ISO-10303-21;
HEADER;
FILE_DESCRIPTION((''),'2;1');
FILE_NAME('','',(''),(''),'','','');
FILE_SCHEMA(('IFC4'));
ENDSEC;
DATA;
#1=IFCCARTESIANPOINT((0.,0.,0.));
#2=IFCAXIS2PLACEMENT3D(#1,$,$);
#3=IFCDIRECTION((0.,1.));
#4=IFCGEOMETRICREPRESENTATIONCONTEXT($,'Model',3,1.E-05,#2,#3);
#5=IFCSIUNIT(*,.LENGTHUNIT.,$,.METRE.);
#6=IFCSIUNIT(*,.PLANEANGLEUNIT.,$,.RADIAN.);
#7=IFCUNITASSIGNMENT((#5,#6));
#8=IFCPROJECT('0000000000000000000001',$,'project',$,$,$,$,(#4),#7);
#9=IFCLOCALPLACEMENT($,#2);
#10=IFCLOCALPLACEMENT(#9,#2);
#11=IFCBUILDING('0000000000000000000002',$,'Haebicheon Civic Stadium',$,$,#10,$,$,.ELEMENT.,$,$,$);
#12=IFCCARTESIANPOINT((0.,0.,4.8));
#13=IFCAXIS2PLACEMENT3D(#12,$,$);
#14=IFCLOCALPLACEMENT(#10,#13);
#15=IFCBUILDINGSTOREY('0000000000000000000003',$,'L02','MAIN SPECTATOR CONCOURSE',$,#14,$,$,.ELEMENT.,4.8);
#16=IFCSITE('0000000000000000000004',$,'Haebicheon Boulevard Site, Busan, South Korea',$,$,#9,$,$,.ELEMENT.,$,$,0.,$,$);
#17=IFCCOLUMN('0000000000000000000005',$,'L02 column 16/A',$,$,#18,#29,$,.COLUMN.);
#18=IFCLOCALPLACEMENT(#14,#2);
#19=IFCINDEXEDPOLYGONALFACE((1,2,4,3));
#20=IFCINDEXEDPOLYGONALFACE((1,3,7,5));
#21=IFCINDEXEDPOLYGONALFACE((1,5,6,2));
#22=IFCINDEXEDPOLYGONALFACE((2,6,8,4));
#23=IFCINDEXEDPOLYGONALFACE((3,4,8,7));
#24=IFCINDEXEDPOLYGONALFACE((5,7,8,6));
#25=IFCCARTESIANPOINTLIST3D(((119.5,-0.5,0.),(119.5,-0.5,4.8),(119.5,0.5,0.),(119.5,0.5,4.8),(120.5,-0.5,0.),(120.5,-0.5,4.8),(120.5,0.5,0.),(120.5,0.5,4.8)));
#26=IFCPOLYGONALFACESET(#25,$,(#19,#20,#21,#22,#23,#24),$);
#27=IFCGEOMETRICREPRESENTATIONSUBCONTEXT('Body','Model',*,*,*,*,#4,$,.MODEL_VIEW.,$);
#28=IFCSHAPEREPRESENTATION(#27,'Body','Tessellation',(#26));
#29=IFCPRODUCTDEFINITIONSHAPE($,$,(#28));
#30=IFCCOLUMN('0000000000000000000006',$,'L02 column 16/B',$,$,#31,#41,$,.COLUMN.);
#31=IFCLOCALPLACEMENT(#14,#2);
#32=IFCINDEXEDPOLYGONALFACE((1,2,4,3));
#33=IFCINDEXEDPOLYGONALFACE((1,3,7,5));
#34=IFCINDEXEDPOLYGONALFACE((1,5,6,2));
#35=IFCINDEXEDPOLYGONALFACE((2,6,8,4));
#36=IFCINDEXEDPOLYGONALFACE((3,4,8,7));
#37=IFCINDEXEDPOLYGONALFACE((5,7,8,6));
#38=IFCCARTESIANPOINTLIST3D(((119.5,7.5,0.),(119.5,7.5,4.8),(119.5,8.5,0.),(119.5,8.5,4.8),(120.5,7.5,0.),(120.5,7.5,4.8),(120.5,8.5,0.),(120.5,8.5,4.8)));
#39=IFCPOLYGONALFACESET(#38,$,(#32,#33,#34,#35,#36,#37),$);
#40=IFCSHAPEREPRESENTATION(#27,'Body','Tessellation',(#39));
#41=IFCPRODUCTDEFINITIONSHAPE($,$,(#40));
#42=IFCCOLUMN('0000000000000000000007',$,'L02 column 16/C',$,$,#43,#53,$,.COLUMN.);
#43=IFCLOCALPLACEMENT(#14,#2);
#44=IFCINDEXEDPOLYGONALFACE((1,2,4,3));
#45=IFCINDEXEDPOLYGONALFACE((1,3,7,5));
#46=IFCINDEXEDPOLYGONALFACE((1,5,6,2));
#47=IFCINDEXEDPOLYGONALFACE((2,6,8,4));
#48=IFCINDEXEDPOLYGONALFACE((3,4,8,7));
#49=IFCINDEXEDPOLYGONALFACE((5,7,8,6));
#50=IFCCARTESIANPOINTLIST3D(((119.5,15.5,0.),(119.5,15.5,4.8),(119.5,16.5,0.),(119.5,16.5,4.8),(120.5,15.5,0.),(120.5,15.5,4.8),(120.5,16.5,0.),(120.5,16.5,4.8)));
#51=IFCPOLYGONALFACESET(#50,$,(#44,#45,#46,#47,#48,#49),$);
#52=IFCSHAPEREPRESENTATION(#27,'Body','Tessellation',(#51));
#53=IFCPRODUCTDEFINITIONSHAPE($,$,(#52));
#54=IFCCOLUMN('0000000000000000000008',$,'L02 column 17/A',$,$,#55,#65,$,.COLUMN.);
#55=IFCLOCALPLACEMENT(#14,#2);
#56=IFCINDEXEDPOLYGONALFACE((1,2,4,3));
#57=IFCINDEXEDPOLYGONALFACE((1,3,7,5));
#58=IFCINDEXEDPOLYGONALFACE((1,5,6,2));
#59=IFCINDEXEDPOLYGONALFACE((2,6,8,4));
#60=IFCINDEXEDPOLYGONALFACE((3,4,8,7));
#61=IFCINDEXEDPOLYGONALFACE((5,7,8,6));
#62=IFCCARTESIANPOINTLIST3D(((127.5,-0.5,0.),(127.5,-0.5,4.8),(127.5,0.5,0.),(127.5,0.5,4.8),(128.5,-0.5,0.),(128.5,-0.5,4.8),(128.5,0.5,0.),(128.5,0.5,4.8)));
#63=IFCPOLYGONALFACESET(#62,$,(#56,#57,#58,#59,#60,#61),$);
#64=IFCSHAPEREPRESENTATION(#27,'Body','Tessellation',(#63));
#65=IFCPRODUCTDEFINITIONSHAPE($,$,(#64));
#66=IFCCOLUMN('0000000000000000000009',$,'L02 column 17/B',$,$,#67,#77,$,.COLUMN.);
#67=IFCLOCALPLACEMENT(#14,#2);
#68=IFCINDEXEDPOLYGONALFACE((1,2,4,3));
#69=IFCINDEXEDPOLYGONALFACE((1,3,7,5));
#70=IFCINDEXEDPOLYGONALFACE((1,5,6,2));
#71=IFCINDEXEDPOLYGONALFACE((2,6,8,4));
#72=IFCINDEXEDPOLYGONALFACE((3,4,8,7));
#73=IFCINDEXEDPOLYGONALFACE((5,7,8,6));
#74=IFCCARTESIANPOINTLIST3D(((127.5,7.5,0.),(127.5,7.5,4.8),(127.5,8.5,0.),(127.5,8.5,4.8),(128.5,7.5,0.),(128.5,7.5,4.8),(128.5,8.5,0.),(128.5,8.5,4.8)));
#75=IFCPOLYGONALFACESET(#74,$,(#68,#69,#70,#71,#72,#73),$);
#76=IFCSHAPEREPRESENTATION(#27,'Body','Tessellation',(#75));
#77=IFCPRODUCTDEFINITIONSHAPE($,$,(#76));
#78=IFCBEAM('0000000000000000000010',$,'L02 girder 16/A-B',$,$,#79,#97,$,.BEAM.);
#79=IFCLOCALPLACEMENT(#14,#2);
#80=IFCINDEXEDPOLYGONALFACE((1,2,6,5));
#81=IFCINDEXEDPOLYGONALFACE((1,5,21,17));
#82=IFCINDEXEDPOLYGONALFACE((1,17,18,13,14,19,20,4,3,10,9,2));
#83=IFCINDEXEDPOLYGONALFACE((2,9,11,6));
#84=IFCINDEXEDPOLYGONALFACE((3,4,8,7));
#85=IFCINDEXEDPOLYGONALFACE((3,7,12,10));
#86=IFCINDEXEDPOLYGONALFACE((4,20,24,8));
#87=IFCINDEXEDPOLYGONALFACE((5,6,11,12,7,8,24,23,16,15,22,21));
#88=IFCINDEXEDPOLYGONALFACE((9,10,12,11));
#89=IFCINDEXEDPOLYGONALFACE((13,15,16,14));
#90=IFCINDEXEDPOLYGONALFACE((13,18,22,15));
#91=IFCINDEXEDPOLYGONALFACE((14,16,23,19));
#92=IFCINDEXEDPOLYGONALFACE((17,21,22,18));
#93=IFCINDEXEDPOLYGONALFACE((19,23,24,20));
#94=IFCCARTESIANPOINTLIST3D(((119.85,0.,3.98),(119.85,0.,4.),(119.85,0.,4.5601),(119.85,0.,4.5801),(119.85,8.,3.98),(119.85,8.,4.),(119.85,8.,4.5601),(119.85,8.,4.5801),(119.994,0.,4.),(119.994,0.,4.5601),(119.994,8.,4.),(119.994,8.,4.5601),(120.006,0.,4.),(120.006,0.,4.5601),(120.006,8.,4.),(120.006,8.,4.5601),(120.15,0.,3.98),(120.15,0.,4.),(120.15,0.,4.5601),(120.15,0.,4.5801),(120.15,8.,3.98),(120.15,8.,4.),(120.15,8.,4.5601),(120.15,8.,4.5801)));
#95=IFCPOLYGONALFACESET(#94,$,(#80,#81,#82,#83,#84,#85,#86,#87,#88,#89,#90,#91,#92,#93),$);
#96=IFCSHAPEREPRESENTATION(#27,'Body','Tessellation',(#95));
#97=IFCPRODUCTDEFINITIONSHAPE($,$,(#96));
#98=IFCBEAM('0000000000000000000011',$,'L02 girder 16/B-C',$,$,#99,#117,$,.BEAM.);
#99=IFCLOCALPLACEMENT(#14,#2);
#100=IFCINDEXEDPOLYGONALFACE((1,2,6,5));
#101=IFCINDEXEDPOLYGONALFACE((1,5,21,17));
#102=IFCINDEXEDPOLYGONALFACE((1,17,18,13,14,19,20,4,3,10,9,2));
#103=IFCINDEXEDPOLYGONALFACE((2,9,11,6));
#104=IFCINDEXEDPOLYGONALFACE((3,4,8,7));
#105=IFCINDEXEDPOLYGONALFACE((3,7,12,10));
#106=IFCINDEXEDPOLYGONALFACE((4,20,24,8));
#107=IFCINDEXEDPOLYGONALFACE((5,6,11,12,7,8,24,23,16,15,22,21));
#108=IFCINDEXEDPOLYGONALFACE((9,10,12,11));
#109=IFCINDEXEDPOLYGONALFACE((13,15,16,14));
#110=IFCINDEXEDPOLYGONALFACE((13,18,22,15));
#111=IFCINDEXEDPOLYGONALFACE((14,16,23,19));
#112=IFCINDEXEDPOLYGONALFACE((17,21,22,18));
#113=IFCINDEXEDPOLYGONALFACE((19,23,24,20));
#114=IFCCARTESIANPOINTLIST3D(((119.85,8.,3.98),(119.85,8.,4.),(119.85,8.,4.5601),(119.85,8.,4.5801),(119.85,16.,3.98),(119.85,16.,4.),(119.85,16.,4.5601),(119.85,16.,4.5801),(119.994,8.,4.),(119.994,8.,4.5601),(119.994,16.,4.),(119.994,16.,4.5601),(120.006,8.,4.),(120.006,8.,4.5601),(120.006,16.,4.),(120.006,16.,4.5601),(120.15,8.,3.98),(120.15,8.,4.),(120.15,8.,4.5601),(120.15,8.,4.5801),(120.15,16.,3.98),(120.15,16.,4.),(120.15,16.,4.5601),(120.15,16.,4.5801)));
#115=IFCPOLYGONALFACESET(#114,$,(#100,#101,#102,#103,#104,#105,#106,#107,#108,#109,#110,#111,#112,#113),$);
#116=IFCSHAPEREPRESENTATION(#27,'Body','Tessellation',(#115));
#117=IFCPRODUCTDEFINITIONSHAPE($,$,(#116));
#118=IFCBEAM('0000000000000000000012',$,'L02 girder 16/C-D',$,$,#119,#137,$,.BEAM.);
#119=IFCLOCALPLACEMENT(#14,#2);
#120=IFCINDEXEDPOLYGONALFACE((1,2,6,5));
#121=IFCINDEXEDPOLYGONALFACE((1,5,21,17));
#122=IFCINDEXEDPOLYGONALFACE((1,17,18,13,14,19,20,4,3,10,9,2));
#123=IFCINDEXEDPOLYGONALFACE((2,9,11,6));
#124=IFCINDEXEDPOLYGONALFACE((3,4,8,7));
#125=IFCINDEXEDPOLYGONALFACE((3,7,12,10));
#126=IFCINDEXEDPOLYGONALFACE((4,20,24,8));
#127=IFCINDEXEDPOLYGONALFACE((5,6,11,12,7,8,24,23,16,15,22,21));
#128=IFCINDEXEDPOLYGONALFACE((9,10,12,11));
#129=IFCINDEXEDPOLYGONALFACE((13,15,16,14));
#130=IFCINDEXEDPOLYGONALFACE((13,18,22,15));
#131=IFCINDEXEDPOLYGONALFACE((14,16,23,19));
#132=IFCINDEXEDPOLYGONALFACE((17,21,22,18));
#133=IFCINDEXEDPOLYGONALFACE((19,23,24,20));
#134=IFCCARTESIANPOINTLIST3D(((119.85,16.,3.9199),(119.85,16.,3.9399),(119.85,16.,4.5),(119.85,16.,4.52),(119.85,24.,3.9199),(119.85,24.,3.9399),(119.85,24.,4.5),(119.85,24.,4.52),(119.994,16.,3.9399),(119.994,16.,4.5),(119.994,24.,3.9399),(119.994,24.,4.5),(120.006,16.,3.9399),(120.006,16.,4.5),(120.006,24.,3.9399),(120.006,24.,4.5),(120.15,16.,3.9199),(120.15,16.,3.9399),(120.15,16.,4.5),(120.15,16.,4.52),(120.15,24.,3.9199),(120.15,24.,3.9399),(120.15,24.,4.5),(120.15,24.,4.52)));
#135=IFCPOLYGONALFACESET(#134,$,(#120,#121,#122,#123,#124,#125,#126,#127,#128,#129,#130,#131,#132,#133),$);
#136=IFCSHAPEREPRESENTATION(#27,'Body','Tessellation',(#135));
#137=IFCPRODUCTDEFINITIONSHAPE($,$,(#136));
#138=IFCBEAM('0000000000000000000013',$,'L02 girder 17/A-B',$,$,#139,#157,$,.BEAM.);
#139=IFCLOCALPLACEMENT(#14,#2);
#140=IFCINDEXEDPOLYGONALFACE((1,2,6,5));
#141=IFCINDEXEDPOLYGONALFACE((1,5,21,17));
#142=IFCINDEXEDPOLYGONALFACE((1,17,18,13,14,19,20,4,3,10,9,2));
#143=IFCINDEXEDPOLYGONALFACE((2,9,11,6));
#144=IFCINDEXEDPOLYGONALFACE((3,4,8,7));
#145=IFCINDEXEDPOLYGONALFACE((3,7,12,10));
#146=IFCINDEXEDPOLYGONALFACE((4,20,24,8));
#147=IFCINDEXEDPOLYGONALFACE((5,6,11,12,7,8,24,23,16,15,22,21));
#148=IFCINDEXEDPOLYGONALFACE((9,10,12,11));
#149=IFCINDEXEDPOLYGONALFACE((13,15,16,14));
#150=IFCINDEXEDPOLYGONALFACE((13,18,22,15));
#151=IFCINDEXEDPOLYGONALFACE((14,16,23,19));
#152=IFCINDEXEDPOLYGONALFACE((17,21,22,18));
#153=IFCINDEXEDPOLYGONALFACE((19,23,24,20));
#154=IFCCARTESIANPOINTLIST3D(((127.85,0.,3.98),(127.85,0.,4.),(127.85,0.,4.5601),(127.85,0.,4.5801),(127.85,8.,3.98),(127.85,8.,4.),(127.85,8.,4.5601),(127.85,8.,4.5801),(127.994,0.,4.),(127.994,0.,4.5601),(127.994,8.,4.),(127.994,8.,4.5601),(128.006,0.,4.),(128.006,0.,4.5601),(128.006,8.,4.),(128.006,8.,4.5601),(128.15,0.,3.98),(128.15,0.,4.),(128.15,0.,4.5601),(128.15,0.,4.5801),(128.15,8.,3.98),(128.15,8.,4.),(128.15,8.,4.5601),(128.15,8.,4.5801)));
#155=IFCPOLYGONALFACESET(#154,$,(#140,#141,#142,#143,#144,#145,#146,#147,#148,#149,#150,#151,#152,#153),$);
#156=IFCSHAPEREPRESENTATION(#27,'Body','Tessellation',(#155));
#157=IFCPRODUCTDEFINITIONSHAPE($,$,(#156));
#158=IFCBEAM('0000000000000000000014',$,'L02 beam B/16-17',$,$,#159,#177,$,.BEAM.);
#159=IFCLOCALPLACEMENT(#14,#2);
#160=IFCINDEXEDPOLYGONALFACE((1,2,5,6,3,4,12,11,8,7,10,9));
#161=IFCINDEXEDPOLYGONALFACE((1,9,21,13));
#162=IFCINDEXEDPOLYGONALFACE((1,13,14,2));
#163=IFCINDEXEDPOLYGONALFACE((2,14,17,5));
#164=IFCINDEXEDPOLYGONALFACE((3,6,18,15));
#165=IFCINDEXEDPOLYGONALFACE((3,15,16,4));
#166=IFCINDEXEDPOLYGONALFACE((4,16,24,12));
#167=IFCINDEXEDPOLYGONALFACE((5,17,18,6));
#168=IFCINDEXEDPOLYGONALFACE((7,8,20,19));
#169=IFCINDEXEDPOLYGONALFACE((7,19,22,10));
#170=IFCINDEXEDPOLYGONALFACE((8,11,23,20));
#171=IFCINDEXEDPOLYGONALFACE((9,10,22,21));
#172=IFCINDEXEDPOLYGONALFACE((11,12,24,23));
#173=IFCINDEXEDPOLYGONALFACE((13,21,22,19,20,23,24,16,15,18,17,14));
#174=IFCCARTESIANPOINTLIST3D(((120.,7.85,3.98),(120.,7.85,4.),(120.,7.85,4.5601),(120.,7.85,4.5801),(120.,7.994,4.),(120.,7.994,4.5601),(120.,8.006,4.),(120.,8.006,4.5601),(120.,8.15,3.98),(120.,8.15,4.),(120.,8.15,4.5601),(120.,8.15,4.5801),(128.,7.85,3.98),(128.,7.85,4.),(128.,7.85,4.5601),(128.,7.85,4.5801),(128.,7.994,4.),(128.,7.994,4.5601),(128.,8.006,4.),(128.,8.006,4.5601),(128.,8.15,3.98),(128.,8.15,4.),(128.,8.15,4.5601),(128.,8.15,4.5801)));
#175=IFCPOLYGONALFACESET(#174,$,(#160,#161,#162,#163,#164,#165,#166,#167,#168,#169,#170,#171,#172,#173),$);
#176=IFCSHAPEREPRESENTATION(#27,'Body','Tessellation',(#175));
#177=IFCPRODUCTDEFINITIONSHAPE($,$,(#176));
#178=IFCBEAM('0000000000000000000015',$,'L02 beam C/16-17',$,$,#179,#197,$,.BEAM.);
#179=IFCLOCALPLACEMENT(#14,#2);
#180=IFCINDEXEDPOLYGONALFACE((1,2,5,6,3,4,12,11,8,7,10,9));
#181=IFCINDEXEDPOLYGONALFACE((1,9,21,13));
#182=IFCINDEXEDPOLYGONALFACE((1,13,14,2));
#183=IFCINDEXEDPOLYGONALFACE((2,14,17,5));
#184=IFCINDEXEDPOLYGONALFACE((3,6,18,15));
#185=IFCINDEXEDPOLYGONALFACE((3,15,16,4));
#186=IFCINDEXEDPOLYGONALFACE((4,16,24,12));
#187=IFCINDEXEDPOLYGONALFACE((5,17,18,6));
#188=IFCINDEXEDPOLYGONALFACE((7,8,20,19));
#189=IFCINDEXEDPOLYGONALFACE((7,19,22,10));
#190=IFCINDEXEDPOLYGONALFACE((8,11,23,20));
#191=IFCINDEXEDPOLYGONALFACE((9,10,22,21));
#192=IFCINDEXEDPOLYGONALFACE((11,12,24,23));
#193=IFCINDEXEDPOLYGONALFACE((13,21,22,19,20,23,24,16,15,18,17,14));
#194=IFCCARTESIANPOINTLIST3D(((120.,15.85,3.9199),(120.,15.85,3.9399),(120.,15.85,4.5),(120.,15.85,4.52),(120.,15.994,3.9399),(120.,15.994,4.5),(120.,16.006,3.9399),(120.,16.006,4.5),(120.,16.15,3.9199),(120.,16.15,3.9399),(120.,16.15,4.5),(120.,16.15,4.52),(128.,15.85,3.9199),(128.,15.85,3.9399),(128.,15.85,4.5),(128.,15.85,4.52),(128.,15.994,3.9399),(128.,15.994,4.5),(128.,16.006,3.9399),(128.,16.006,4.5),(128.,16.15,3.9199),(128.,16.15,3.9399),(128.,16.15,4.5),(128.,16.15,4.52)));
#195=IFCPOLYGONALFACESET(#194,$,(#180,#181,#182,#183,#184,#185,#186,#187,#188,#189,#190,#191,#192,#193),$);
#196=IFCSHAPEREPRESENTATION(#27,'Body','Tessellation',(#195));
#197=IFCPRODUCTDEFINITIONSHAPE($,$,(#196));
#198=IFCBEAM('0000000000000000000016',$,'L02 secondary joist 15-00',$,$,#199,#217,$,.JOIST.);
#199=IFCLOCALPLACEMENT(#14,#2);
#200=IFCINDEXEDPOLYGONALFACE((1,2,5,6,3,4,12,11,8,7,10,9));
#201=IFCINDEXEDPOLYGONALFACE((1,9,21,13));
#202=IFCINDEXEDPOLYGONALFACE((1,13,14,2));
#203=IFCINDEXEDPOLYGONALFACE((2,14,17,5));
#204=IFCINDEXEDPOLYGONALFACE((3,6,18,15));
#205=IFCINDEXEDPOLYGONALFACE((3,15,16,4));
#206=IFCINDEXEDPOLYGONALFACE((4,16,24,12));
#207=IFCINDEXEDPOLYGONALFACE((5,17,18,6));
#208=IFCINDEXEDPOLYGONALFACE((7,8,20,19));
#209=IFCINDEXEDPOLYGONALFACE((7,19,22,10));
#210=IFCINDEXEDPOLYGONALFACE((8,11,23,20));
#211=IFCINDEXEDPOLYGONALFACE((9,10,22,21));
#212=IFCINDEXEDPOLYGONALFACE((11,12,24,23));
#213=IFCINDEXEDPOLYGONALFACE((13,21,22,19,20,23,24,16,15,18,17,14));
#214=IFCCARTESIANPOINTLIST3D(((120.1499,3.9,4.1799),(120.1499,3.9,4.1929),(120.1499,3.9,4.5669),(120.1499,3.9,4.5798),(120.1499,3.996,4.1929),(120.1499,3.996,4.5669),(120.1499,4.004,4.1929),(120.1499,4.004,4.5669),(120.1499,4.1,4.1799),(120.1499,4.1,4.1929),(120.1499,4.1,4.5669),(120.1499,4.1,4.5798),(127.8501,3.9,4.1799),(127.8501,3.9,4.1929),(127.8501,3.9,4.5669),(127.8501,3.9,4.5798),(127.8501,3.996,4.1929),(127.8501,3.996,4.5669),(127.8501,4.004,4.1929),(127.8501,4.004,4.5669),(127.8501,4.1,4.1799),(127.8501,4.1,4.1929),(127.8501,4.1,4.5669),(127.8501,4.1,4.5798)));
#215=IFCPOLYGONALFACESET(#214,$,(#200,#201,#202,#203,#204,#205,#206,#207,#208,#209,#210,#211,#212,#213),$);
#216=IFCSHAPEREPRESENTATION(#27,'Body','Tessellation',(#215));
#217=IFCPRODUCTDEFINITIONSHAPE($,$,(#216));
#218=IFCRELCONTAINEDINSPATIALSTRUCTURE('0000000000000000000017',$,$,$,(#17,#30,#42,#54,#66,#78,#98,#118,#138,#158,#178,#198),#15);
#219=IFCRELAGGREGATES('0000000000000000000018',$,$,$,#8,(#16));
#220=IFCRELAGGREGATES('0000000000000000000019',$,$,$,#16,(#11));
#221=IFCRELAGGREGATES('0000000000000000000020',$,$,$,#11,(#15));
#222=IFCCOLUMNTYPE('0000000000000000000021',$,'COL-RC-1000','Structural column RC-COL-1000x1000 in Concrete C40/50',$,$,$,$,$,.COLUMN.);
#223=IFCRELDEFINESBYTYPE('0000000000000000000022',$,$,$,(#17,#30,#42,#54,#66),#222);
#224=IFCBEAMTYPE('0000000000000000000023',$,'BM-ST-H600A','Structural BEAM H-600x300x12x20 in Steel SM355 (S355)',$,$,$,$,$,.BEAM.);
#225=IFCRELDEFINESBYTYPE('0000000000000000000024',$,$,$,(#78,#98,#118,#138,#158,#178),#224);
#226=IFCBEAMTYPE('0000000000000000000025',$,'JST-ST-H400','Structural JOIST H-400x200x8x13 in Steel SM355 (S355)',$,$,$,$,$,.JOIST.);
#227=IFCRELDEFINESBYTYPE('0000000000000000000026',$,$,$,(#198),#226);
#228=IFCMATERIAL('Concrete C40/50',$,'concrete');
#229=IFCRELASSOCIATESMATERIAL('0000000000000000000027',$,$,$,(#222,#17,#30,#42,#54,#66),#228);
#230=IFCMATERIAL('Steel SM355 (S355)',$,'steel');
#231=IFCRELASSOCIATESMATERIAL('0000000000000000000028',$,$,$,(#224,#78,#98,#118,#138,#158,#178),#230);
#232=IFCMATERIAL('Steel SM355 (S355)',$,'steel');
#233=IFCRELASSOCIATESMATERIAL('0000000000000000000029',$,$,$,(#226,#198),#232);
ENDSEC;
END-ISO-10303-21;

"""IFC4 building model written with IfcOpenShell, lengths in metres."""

from ifc_helpers import new_model, si_unit, direction, frame, origin, origin_2d, place, context, subcontext, project, spatial, rectangle, i_section, extrude, material, material_profile, profile_set, type_object, element, save


model = new_model("IFC4")

# Units and contexts
model_context = context("Model", 3, precision=1e-05, world=origin(), true_north=direction((0.0, 1.0)))
body_context = subcontext(model_context, "Body", "Model", "MODEL_VIEW")
ifc_project = project(units=[si_unit("LENGTHUNIT", "METRE"), si_unit("PLANEANGLEUNIT", "RADIAN")], contexts=[model_context])

# Site, building, storey
site_placement = place(None, origin())
site = spatial("IfcSite", under=ifc_project, at=site_placement, Name="Haebicheon Boulevard Site, Busan, South Korea", CompositionType="ELEMENT", RefElevation=0.0)
building_placement = place(site_placement, origin())
building = spatial("IfcBuilding", under=site, at=building_placement, Name="Haebicheon Civic Stadium", CompositionType="ELEMENT")
storey_placement = place(building_placement, frame((0.0, 0.0, 4.8)))
storey = spatial("IfcBuildingStorey", under=building, at=storey_placement, Name="L02", Description="MAIN SPECTATOR CONCOURSE", CompositionType="ELEMENT", Elevation=4.8)

# Columns
ifc_material_1 = material(Name="Concrete C40/50", Category="concrete")
ifc_material_profile_1 = material_profile(ifc_material_1, rectangle(XDim=1.0, YDim=1.0, at=origin_2d()), Name="RC-COL-1000x1000")
ifc_profile_set_1 = profile_set([ifc_material_profile_1], Name="Concrete C40/50")
column_type = type_object("IfcColumnType", Name="COL-RC-1000", Description="Structural column RC-COL-1000x1000 in Concrete C40/50", PredefinedType="COLUMN", material=ifc_profile_set_1)
for number, where, z_axis, x_axis, name in (
    (1, (120.0, 0.0, 0.0), (0.0, 0.0, 1.0), (1.0, 0.0, 0.0), "L02 column 16/A"),
    (2, (120.0, 8.0, 0.0), (0.0, 0.0, 1.0), (1.0, 0.0, 0.0), "L02 column 16/B"),
    (3, (120.0, 16.0, 0.0), (0.0, 0.0, 1.0), (1.0, 0.0, 0.0), "L02 column 16/C"),
    (4, (128.0, 0.0, 0.0), (0.0, 0.0, 1.0), (1.0, 0.0, 0.0), "L02 column 17/A"),
    (5, (128.0, 8.0, 0.0), (0.0, 0.0, 1.0), (1.0, 0.0, 0.0), "L02 column 17/B"),
):
    element("IfcColumn", number, at=place(storey_placement, frame(where, z_axis=z_axis, x_axis=x_axis)), inside=storey, type_object=column_type, material=ifc_profile_set_1, Name=name, PredefinedType="COLUMN", context=body_context, shape_type="SweptSolid", body=[
        extrude(rectangle(XDim=1.0, YDim=1.0, at=origin_2d()), origin(), (0.0, 0.0, 1.0), 4.8),
    ])

# Beams
ifc_material_2 = material(Name="Steel SM355 (S355)", Category="steel")
ifc_material_profile_2 = material_profile(ifc_material_2, i_section(OverallWidth=0.3, OverallDepth=0.6001, WebThickness=0.012, FlangeThickness=0.02, at=origin_2d()), Name="H-600x300x12x20")
ifc_profile_set_2 = profile_set([ifc_material_profile_2], Name="Steel SM355 (S355)")
beam_type_1 = type_object("IfcBeamType", Name="BM-ST-H600A", Description="Structural BEAM H-600x300x12x20 in Steel SM355 (S355)", PredefinedType="BEAM", material=ifc_profile_set_2)
for number, where, z_axis, x_axis, name in (
    (6, (120.0, 0.0, 4.28), (0.0, 1.0, 0.0), (-1.0, 0.0, 0.0), "L02 girder 16/A-B"),
    (7, (120.0, 8.0, 4.28), (0.0, 1.0, 0.0), (-1.0, 0.0, 0.0), "L02 girder 16/B-C"),
    (8, (120.0, 16.0, 4.22), (0.0, 1.0, 0.0), (-1.0, 0.0, 0.0), "L02 girder 16/C-D"),
    (9, (128.0, 0.0, 4.28), (0.0, 1.0, 0.0), (-1.0, 0.0, 0.0), "L02 girder 17/A-B"),
    (10, (120.0, 8.0, 4.28), (1.0, 0.0, 0.0), (0.0, 1.0, 0.0), "L02 beam B/16-17"),
    (11, (120.0, 16.0, 4.22), (1.0, 0.0, 0.0), (0.0, 1.0, 0.0), "L02 beam C/16-17"),
):
    element("IfcBeam", number, at=place(storey_placement, frame(where, z_axis=z_axis, x_axis=x_axis)), inside=storey, type_object=beam_type_1, material=ifc_profile_set_2, Name=name, PredefinedType="BEAM", context=body_context, shape_type="SweptSolid", body=[
        extrude(i_section(OverallWidth=0.3, OverallDepth=0.6001, WebThickness=0.012, FlangeThickness=0.02, at=origin_2d()), origin(), (0.0, 0.0, 1.0), 8.0),
    ])
ifc_material_3 = material(Name="Steel SM355 (S355)", Category="steel")
ifc_material_profile_3 = material_profile(ifc_material_3, i_section(OverallWidth=0.2, OverallDepth=0.3999, WebThickness=0.0081, FlangeThickness=0.0129, at=origin_2d()), Name="H-400x200x8x13")
ifc_profile_set_3 = profile_set([ifc_material_profile_3], Name="Steel SM355 (S355)")
beam_type_2 = type_object("IfcBeamType", Name="JST-ST-H400", Description="Structural JOIST H-400x200x8x13 in Steel SM355 (S355)", PredefinedType="JOIST", material=ifc_profile_set_3)
for number, where, z_axis, x_axis, name in (
    (12, (120.1499, 4.0, 4.3799), (1.0, 0.0, 0.0), (0.0, 1.0, 0.0), "L02 secondary joist 15-00"),
):
    element("IfcBeam", number, at=place(storey_placement, frame(where, z_axis=z_axis, x_axis=x_axis)), inside=storey, type_object=beam_type_2, material=ifc_profile_set_3, Name=name, PredefinedType="JOIST", context=body_context, shape_type="SweptSolid", body=[
        extrude(i_section(OverallWidth=0.2, OverallDepth=0.3999, WebThickness=0.0081, FlangeThickness=0.0129, at=origin_2d()), origin(), (0.0, 0.0, 1.0), 7.7002),
    ])

save(model, "model.ifc")
